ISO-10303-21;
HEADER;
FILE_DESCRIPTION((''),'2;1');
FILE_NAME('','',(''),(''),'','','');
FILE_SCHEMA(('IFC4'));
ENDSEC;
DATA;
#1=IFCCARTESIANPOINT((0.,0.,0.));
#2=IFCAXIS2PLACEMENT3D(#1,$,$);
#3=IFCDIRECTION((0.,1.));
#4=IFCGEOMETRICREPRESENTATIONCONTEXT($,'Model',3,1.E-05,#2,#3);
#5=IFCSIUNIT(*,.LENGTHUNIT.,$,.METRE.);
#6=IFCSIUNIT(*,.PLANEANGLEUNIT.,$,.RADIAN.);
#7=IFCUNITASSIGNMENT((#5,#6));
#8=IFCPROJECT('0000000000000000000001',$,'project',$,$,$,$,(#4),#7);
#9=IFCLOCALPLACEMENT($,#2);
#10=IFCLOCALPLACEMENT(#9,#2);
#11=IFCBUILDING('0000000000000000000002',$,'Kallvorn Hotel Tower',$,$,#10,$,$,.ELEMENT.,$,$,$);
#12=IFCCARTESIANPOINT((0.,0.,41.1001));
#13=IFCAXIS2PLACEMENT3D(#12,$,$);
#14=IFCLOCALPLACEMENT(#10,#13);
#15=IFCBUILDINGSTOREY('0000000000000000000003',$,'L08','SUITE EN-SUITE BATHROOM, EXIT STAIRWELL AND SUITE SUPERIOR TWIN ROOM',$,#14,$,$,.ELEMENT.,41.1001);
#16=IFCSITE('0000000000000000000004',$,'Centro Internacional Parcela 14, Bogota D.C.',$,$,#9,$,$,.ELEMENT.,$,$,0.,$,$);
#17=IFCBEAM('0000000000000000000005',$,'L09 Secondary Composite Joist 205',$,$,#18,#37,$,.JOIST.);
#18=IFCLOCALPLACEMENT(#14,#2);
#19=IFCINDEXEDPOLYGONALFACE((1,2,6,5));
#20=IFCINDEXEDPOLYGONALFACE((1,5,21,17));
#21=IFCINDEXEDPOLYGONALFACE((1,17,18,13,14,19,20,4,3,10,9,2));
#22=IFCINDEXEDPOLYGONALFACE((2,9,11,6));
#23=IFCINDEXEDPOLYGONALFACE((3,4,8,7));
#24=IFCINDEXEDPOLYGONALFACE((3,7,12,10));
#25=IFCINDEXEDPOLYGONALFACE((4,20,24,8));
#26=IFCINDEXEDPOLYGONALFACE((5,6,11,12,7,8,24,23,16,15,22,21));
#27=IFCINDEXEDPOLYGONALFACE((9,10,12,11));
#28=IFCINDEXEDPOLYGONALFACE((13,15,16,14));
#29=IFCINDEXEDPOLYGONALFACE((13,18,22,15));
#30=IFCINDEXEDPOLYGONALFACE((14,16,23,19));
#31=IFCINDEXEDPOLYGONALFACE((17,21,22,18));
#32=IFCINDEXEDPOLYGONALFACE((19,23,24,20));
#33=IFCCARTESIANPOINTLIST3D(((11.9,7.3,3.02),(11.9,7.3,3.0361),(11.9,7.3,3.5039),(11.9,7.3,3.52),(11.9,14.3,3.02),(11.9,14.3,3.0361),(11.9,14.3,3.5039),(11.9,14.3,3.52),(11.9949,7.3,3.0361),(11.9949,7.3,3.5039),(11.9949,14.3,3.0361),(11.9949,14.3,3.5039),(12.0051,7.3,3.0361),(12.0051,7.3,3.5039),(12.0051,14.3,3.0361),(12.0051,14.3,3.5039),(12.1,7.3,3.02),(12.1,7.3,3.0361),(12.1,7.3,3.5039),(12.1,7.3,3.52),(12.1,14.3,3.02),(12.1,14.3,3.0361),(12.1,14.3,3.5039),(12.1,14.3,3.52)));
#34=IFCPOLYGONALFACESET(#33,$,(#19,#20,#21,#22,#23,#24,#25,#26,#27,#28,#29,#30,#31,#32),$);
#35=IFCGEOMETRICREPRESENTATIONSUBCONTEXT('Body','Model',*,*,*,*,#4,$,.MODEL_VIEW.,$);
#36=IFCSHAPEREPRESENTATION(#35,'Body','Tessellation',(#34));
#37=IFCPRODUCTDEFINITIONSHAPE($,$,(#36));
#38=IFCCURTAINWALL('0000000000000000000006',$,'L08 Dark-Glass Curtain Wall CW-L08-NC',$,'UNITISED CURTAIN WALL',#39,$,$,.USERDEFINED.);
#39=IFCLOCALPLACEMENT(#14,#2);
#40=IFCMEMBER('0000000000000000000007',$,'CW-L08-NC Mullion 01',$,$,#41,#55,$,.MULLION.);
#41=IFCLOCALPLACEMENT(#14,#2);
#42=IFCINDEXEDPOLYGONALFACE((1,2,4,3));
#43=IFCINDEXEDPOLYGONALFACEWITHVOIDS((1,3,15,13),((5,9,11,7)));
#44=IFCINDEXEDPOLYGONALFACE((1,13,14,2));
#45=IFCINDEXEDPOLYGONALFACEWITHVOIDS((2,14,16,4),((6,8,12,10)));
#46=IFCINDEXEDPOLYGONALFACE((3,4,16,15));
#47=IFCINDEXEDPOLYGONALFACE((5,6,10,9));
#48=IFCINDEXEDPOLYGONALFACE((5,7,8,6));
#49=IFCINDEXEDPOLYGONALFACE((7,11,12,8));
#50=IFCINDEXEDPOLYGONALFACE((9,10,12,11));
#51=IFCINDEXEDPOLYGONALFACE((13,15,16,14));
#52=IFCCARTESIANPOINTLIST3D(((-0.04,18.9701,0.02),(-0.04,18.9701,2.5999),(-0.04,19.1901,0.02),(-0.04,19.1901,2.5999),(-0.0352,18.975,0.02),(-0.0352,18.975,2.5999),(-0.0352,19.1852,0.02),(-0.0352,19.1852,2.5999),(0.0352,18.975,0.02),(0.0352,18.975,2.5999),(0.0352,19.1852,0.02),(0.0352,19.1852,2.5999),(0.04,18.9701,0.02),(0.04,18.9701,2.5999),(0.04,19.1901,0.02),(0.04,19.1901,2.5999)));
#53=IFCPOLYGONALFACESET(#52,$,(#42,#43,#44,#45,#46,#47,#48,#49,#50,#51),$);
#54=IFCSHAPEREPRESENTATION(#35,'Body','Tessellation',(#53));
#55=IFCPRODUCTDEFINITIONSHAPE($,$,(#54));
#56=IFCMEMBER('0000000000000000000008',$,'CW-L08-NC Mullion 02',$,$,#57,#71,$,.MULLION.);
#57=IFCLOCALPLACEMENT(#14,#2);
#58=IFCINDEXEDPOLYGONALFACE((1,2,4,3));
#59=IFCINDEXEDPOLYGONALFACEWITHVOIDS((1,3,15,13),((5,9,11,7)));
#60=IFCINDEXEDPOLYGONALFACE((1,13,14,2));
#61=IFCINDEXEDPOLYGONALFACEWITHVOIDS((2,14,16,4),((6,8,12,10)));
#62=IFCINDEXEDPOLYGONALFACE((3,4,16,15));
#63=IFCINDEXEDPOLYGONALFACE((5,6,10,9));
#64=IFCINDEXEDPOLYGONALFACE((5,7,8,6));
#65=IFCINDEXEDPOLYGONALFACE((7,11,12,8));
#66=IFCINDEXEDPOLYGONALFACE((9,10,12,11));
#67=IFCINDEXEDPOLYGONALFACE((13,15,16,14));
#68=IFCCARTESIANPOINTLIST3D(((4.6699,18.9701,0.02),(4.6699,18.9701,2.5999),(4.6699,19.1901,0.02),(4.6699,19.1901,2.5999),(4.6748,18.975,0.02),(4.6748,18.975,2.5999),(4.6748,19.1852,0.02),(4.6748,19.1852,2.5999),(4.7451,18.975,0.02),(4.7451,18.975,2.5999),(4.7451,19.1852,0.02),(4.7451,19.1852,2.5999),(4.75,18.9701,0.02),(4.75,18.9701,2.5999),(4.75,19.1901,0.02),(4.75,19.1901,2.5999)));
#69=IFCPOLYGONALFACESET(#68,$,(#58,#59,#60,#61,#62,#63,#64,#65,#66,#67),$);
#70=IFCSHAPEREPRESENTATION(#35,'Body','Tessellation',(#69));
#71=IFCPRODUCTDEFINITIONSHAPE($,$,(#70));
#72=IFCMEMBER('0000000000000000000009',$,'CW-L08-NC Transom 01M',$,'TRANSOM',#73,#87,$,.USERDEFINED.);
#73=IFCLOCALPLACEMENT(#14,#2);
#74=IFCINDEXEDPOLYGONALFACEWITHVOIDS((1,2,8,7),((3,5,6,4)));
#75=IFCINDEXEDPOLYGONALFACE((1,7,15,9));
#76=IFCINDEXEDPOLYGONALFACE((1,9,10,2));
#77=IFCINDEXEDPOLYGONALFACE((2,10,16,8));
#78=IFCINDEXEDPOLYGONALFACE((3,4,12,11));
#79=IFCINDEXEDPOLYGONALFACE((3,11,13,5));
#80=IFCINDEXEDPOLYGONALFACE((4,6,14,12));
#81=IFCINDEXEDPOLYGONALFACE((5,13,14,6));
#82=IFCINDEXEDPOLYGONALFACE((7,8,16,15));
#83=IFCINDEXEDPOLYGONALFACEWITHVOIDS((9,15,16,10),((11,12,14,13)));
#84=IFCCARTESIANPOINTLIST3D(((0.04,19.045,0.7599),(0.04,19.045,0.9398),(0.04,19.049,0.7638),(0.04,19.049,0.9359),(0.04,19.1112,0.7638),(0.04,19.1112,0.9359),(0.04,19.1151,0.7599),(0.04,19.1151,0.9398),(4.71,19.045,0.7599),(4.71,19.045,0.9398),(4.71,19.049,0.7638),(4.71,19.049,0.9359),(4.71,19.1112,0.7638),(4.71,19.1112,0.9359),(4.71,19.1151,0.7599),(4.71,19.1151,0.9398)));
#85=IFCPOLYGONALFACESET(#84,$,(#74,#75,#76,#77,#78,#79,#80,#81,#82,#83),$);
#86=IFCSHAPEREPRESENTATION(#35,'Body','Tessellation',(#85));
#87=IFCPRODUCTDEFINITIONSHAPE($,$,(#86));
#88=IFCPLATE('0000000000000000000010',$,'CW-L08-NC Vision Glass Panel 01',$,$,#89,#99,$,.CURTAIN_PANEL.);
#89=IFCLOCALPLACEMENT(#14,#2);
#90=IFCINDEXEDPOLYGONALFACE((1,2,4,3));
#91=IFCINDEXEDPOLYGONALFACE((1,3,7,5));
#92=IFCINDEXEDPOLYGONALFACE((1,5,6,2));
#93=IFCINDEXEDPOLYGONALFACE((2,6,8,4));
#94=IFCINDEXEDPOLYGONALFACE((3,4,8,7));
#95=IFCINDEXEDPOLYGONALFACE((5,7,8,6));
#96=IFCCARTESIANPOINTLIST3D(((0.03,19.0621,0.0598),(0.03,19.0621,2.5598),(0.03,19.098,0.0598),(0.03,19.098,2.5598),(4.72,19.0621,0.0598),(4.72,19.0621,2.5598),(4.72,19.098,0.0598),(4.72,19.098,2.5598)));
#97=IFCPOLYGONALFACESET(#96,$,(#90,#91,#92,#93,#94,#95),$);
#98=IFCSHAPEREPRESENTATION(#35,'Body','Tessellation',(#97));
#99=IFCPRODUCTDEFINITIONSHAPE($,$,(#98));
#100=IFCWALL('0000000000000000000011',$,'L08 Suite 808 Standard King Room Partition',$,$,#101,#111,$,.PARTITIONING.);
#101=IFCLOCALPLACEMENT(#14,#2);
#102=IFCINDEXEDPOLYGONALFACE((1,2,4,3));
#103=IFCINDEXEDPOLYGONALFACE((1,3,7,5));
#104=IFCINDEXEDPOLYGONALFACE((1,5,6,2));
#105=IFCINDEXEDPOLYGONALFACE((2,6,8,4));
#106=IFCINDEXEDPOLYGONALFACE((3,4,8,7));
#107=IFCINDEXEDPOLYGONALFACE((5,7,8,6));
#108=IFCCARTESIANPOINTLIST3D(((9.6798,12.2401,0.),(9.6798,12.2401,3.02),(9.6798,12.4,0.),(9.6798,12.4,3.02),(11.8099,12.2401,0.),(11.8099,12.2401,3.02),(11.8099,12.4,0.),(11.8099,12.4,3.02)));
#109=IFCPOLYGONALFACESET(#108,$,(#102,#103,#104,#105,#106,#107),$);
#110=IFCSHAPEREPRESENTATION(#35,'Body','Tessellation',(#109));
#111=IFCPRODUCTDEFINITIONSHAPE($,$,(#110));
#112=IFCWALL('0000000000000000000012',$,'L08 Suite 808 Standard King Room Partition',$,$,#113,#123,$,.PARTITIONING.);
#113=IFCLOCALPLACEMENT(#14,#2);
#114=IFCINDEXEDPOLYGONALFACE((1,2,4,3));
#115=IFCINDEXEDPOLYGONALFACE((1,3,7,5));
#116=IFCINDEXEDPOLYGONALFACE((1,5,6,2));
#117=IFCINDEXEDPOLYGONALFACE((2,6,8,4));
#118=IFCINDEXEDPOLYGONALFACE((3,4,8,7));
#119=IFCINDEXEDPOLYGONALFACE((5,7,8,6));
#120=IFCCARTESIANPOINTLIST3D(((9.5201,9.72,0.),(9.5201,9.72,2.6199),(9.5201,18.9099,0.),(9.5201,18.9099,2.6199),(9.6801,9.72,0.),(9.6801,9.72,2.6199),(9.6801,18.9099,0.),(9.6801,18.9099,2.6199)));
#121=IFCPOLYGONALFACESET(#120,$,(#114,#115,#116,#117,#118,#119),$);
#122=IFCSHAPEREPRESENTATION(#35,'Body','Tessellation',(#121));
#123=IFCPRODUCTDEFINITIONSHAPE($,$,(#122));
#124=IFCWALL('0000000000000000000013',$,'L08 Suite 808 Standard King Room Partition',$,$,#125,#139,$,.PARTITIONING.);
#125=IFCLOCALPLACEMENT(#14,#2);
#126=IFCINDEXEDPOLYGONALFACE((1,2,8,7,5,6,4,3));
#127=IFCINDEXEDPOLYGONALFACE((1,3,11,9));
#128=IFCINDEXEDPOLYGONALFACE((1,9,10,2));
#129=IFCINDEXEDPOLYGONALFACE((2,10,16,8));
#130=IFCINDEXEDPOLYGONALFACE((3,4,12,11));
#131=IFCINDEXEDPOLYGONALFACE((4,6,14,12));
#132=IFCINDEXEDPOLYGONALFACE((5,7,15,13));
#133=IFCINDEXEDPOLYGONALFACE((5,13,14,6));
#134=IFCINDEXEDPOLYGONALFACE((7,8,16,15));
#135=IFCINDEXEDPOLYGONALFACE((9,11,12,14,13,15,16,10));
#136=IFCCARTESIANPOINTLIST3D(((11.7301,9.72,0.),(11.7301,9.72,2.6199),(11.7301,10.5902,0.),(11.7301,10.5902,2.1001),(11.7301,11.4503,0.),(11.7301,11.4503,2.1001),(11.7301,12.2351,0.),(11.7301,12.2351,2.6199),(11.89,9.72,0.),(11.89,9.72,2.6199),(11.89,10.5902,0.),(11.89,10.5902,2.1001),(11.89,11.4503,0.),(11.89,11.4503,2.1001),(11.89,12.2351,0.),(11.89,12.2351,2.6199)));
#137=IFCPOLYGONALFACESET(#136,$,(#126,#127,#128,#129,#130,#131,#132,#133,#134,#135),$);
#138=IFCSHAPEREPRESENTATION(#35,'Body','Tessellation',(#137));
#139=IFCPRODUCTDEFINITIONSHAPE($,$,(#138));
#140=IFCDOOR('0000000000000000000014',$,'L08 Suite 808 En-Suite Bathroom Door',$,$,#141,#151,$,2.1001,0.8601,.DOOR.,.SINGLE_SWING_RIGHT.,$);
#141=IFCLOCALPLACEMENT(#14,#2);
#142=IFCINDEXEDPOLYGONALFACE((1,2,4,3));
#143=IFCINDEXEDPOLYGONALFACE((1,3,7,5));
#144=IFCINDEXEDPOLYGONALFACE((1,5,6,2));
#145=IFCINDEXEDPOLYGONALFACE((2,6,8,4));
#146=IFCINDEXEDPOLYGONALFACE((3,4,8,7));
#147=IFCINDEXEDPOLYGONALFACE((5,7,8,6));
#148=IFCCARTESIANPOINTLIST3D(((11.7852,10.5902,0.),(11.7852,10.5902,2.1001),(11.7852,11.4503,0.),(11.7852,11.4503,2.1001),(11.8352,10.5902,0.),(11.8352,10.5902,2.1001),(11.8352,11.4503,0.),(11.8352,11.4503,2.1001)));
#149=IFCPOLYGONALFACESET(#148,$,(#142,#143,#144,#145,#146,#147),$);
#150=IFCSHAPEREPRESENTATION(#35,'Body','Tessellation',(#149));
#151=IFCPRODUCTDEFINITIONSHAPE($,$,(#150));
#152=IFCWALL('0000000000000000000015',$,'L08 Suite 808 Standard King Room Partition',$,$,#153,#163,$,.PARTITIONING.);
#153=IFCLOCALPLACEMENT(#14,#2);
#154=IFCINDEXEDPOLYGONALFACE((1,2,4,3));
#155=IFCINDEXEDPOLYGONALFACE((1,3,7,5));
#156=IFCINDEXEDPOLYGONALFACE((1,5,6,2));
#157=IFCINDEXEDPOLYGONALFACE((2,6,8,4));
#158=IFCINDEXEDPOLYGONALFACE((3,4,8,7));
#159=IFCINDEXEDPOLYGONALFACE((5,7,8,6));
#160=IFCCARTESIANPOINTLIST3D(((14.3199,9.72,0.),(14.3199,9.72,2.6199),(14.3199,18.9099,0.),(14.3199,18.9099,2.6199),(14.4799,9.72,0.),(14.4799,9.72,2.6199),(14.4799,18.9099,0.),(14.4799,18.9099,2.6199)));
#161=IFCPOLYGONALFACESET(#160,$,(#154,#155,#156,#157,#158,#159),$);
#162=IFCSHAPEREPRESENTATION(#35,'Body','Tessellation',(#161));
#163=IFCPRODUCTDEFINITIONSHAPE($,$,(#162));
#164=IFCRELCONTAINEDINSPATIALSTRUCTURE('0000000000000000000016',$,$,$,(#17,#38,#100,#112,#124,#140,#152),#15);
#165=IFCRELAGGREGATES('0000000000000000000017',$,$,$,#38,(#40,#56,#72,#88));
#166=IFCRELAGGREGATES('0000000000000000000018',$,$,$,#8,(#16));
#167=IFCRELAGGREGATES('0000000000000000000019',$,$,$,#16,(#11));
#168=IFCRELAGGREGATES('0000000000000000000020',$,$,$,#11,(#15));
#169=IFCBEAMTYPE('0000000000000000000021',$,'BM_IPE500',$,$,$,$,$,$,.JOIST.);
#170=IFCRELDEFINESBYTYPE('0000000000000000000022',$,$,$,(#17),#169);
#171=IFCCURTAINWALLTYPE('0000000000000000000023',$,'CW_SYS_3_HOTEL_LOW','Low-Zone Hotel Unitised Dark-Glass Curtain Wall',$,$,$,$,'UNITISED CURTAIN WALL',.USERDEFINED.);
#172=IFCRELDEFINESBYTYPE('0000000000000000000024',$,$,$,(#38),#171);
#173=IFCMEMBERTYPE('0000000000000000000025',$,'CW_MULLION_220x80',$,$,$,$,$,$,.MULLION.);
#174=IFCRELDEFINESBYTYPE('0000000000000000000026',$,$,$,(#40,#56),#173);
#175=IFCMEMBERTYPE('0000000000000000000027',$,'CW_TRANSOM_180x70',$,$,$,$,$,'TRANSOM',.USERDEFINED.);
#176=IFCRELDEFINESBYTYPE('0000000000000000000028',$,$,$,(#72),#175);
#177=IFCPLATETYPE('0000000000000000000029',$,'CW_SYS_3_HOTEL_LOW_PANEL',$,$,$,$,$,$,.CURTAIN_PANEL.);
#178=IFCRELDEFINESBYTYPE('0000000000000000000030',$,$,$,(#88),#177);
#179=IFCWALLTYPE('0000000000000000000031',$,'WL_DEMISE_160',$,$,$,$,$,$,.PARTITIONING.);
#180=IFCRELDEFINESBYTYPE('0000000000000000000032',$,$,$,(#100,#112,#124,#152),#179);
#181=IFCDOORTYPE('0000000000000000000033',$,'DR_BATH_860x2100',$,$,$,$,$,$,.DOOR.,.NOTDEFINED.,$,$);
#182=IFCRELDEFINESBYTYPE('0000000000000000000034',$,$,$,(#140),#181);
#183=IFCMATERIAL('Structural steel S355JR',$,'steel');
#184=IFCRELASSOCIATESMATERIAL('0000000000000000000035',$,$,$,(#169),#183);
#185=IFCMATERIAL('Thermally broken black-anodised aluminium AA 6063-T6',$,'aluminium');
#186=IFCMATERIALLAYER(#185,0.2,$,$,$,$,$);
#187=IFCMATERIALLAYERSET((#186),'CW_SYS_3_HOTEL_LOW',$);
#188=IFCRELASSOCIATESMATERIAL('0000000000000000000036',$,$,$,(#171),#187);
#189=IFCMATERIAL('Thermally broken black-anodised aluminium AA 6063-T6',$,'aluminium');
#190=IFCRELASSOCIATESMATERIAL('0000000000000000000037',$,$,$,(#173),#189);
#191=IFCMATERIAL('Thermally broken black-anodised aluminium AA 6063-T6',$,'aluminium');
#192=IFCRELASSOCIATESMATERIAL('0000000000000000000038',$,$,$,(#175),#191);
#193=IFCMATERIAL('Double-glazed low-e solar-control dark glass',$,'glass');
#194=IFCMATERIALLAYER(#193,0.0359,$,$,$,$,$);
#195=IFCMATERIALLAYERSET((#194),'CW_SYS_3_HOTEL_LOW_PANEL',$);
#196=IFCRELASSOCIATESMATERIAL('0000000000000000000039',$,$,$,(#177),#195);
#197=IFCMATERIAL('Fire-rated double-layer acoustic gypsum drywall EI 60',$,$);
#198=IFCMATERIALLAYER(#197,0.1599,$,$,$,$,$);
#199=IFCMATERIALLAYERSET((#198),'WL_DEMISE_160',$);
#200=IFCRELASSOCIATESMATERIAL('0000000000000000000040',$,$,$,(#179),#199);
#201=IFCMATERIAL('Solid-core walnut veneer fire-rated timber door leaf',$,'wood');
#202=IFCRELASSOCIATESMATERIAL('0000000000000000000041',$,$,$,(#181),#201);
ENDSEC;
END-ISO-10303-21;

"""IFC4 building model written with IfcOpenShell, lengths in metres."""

from ifc_helpers import new_model, si_unit, direction, frame, frame_2d, origin, origin_2d, place, context, subcontext, project, spatial, rectangle, hollow_rectangle, i_section, extrude, material, layer, layer_set, material_profile, profile_set, type_object, element, fill, aggregate, save


model = new_model("IFC4")

# Units and contexts
model_context = context("Model", 3, precision=1e-05, world=origin(), true_north=direction((0.0, 1.0)))
body_context = subcontext(model_context, "Body", "Model", "MODEL_VIEW")
ifc_project = project(units=[si_unit("LENGTHUNIT", "METRE"), si_unit("PLANEANGLEUNIT", "RADIAN")], contexts=[model_context])

# Site, building, storey
site_placement = place(None, origin())
site = spatial("IfcSite", under=ifc_project, at=site_placement, Name="Centro Internacional Parcela 14, Bogota D.C.", CompositionType="ELEMENT", RefElevation=0.0)
building_placement = place(site_placement, origin())
building = spatial("IfcBuilding", under=site, at=building_placement, Name="Kallvorn Hotel Tower", CompositionType="ELEMENT")
storey_placement = place(building_placement, frame((0.0, 0.0, 41.1001)))
storey = spatial("IfcBuildingStorey", under=building, at=storey_placement, Name="L08", Description="SUITE EN-SUITE BATHROOM, EXIT STAIRWELL AND SUITE SUPERIOR TWIN ROOM", CompositionType="ELEMENT", Elevation=41.1001)

# Beam
ifc_material_1 = material(Name="Structural steel S355JR", Category="steel")
ifc_material_profile_1 = material_profile(ifc_material_1, i_section(OverallWidth=0.2, OverallDepth=0.5, WebThickness=0.0103, FlangeThickness=0.0161, at=origin_2d()), Name="IPE 500")
ifc_profile_set_1 = profile_set([ifc_material_profile_1], Name="Structural steel S355JR")
beam_type_1 = type_object("IfcBeamType", Name="BM_IPE500", PredefinedType="JOIST", material=ifc_profile_set_1)
for number, where, z_axis, x_axis, name in (
    (1, (12.0, 7.3, 3.27), (0.0, 1.0, 0.0), (-1.0, 0.0, 0.0), "L09 Secondary Composite Joist 205"),
):
    element("IfcBeam", number, at=place(storey_placement, frame(where, z_axis=z_axis, x_axis=x_axis)), inside=storey, type_object=beam_type_1, Name=name, PredefinedType="JOIST", context=body_context, shape_type="SweptSolid", body=[
        extrude(i_section(OverallWidth=0.2, OverallDepth=0.5, WebThickness=0.0103, FlangeThickness=0.0161, at=origin_2d()), origin(), (0.0, 0.0, 1.0), 7.0),
    ])

# Curtain wall, members, plate
ifc_material_2 = material(Name="Thermally broken black-anodised aluminium AA 6063-T6", Category="aluminium")
ifc_layer_1 = layer(ifc_material_2, 0.2)
ifc_layer_set_1 = layer_set([ifc_layer_1], Name="CW_SYS_3_HOTEL_LOW")
curtain_wall_type = type_object("IfcCurtainWallType", Name="CW_SYS_3_HOTEL_LOW", Description="Low-Zone Hotel Unitised Dark-Glass Curtain Wall", ElementType="UNITISED CURTAIN WALL", PredefinedType="USERDEFINED", material=ifc_layer_set_1)
curtain_wall_placement = place(storey_placement, origin())
curtain_wall = element("IfcCurtainWall", 2, at=curtain_wall_placement, inside=storey, type_object=curtain_wall_type, Name="L08 Dark-Glass Curtain Wall CW-L08-NC", ObjectType="UNITISED CURTAIN WALL", PredefinedType="USERDEFINED")
ifc_material_3 = material(Name="Thermally broken black-anodised aluminium AA 6063-T6", Category="aluminium")
ifc_material_profile_2 = material_profile(ifc_material_3, hollow_rectangle(XDim=0.0801, YDim=0.22, WallThickness=0.0049, at=origin_2d()), Name="MUL 220x80")
ifc_profile_set_2 = profile_set([ifc_material_profile_2], Name="Thermally broken black-anodised aluminium AA 6063-T6")
member_type_1 = type_object("IfcMemberType", Name="CW_MULLION_220x80", PredefinedType="MULLION", material=ifc_profile_set_2)
member_1_placement = place(storey_placement, frame((0.0, 19.0801, 0.02), z_axis=(0.0, 0.0, 1.0), x_axis=(1.0, 0.0, 0.0)))
member_1 = element("IfcMember", 3, at=member_1_placement, type_object=member_type_1, Name="CW-L08-NC Mullion 01", PredefinedType="MULLION", context=body_context, shape_type="SweptSolid", body=[
    extrude(hollow_rectangle(XDim=0.0801, YDim=0.22, WallThickness=0.0049, at=origin_2d()), origin(), (0.0, 0.0, 1.0), 2.5798),
])
member_2_placement = place(storey_placement, frame((4.71, 19.0801, 0.02), z_axis=(0.0, 0.0, 1.0), x_axis=(1.0, 0.0, 0.0)))
member_2 = element("IfcMember", 4, at=member_2_placement, type_object=member_type_1, Name="CW-L08-NC Mullion 02", PredefinedType="MULLION", context=body_context, shape_type="SweptSolid", body=[
    extrude(hollow_rectangle(XDim=0.0801, YDim=0.22, WallThickness=0.0049, at=origin_2d()), origin(), (0.0, 0.0, 1.0), 2.5798),
])
ifc_material_4 = material(Name="Thermally broken black-anodised aluminium AA 6063-T6", Category="aluminium")
ifc_material_profile_3 = material_profile(ifc_material_4, hollow_rectangle(XDim=0.0701, YDim=0.1799, WallThickness=0.0039, at=origin_2d()), Name="TRN 180x70")
ifc_profile_set_3 = profile_set([ifc_material_profile_3], Name="Thermally broken black-anodised aluminium AA 6063-T6")
member_type_2 = type_object("IfcMemberType", Name="CW_TRANSOM_180x70", ElementType="TRANSOM", PredefinedType="USERDEFINED", material=ifc_profile_set_3)
member_3_placement = place(storey_placement, frame((0.04, 19.0801, 0.8499), z_axis=(1.0, 0.0, 0.0), x_axis=(0.0, 1.0, 0.0)))
member_3 = element("IfcMember", 5, at=member_3_placement, type_object=member_type_2, Name="CW-L08-NC Transom 01M", ObjectType="TRANSOM", PredefinedType="USERDEFINED", context=body_context, shape_type="SweptSolid", body=[
    extrude(hollow_rectangle(XDim=0.0701, YDim=0.1799, WallThickness=0.0039, at=origin_2d()), origin(), (0.0, 0.0, 1.0), 4.6699),
])
ifc_material_5 = material(Name="Double-glazed low-e solar-control dark glass", Category="glass")
ifc_layer_2 = layer(ifc_material_5, 0.0359)
ifc_layer_set_2 = layer_set([ifc_layer_2], Name="CW_SYS_3_HOTEL_LOW_PANEL")
plate_type = type_object("IfcPlateType", Name="CW_SYS_3_HOTEL_LOW_PANEL", PredefinedType="CURTAIN_PANEL", material=ifc_layer_set_2)
plate_placement = place(storey_placement, frame((2.375, 19.0801, 0.0598), z_axis=(0.0, 0.0, 1.0), x_axis=(1.0, 0.0, 0.0)))
plate = element("IfcPlate", 6, at=plate_placement, type_object=plate_type, Name="CW-L08-NC Vision Glass Panel 01", PredefinedType="CURTAIN_PANEL", context=body_context, shape_type="SweptSolid", body=[
    extrude(rectangle(XDim=4.6899, YDim=0.0359, at=origin_2d()), origin(), (0.0, 0.0, 1.0), 2.5),
])
aggregate(curtain_wall, [member_1, member_2, member_3, plate])

# Walls
ifc_material_6 = material(Name="Fire-rated double-layer acoustic gypsum drywall EI 60")
ifc_layer_3 = layer(ifc_material_6, 0.1599)
ifc_layer_set_3 = layer_set([ifc_layer_3], Name="WL_DEMISE_160")
wall_type_1 = type_object("IfcWallType", Name="WL_DEMISE_160", PredefinedType="PARTITIONING", material=ifc_layer_set_3)
wall_1_placement = place(storey_placement, frame((9.6799, 12.3201, 0.0), z_axis=(0.0, 0.0, 1.0), x_axis=(1.0, 0.0, 0.0)))
element("IfcWall", 7, at=wall_1_placement, inside=storey, type_object=wall_type_1, Name="L08 Suite 808 Standard King Room Partition", PredefinedType="PARTITIONING", context=body_context, shape_type="SweptSolid", body=[
    extrude(rectangle(XDim=2.1301, YDim=0.1599, at=frame_2d((1.0649, 0.0))), origin(), (0.0, 0.0, 1.0), 3.02),
])
wall_2_placement = place(storey_placement, frame((9.6001, 9.72, 0.0), z_axis=(0.0, 0.0, 1.0), x_axis=(0.0, 1.0, 0.0)))
element("IfcWall", 8, at=wall_2_placement, inside=storey, type_object=wall_type_1, Name="L08 Suite 808 Standard King Room Partition", PredefinedType="PARTITIONING", context=body_context, shape_type="SweptSolid", body=[
    extrude(rectangle(XDim=9.1899, YDim=0.1599, at=frame_2d((4.595, 0.0))), origin(), (0.0, 0.0, 1.0), 2.6199),
])

# Wall, opening, door
wall_3_placement = place(storey_placement, frame((11.8101, 9.72, 0.0), z_axis=(0.0, 0.0, 1.0), x_axis=(0.0, 1.0, 0.0)))
wall_3 = element("IfcWall", 9, at=wall_3_placement, inside=storey, type_object=wall_type_1, Name="L08 Suite 808 Standard King Room Partition", PredefinedType="PARTITIONING", context=body_context, shape_type="SweptSolid", body=[
    extrude(rectangle(XDim=2.5151, YDim=0.1599, at=frame_2d((1.2576, 0.0))), origin(), (0.0, 0.0, 1.0), 2.6199),
])
opening_1_placement = place(wall_3_placement, frame((0.8701, 0.0, 0.0)))
opening_1 = element("IfcOpeningElement", 10, at=opening_1_placement, cuts=wall_3, PredefinedType="OPENING", context=body_context, shape_type="SweptSolid", body=[
    extrude(rectangle(XDim=0.8601, YDim=2.1001, at=frame_2d((0.4302, 1.05))), frame((0.0, 0.095, 0.0), z_axis=(0.0, -1.0, 0.0), x_axis=(1.0, 0.0, 0.0)), (0.0, 0.0, 1.0), 0.1899),
])
ifc_material_7 = material(Name="Solid-core walnut veneer fire-rated timber door leaf", Category="wood")
door_type = type_object("IfcDoorType", Name="DR_BATH_860x2100", OperationType="NOTDEFINED", PredefinedType="DOOR", material=ifc_material_7)
door_placement = place(opening_1_placement, origin())
door = element("IfcDoor", 11, at=door_placement, inside=storey, type_object=door_type, Name="L08 Suite 808 En-Suite Bathroom Door", OperationType="SINGLE_SWING_RIGHT", OverallHeight=2.1001, OverallWidth=0.8601, PredefinedType="DOOR", context=body_context, shape_type="SweptSolid", body=[
    extrude(rectangle(XDim=0.8601, YDim=2.1001, at=frame_2d((0.4302, 1.05))), frame((0.0, 0.0249, 0.0), z_axis=(0.0, -1.0, 0.0), x_axis=(1.0, 0.0, 0.0)), (0.0, 0.0, 1.0), 0.05),
])
fill(opening_1, door)

# Wall
wall_4_placement = place(storey_placement, frame((14.3999, 9.72, 0.0), z_axis=(0.0, 0.0, 1.0), x_axis=(0.0, 1.0, 0.0)))
element("IfcWall", 12, at=wall_4_placement, inside=storey, type_object=wall_type_1, Name="L08 Suite 808 Standard King Room Partition", PredefinedType="PARTITIONING", context=body_context, shape_type="SweptSolid", body=[
    extrude(rectangle(XDim=9.1899, YDim=0.1599, at=frame_2d((4.595, 0.0))), origin(), (0.0, 0.0, 1.0), 2.6199),
])

save(model, "model.ifc")
